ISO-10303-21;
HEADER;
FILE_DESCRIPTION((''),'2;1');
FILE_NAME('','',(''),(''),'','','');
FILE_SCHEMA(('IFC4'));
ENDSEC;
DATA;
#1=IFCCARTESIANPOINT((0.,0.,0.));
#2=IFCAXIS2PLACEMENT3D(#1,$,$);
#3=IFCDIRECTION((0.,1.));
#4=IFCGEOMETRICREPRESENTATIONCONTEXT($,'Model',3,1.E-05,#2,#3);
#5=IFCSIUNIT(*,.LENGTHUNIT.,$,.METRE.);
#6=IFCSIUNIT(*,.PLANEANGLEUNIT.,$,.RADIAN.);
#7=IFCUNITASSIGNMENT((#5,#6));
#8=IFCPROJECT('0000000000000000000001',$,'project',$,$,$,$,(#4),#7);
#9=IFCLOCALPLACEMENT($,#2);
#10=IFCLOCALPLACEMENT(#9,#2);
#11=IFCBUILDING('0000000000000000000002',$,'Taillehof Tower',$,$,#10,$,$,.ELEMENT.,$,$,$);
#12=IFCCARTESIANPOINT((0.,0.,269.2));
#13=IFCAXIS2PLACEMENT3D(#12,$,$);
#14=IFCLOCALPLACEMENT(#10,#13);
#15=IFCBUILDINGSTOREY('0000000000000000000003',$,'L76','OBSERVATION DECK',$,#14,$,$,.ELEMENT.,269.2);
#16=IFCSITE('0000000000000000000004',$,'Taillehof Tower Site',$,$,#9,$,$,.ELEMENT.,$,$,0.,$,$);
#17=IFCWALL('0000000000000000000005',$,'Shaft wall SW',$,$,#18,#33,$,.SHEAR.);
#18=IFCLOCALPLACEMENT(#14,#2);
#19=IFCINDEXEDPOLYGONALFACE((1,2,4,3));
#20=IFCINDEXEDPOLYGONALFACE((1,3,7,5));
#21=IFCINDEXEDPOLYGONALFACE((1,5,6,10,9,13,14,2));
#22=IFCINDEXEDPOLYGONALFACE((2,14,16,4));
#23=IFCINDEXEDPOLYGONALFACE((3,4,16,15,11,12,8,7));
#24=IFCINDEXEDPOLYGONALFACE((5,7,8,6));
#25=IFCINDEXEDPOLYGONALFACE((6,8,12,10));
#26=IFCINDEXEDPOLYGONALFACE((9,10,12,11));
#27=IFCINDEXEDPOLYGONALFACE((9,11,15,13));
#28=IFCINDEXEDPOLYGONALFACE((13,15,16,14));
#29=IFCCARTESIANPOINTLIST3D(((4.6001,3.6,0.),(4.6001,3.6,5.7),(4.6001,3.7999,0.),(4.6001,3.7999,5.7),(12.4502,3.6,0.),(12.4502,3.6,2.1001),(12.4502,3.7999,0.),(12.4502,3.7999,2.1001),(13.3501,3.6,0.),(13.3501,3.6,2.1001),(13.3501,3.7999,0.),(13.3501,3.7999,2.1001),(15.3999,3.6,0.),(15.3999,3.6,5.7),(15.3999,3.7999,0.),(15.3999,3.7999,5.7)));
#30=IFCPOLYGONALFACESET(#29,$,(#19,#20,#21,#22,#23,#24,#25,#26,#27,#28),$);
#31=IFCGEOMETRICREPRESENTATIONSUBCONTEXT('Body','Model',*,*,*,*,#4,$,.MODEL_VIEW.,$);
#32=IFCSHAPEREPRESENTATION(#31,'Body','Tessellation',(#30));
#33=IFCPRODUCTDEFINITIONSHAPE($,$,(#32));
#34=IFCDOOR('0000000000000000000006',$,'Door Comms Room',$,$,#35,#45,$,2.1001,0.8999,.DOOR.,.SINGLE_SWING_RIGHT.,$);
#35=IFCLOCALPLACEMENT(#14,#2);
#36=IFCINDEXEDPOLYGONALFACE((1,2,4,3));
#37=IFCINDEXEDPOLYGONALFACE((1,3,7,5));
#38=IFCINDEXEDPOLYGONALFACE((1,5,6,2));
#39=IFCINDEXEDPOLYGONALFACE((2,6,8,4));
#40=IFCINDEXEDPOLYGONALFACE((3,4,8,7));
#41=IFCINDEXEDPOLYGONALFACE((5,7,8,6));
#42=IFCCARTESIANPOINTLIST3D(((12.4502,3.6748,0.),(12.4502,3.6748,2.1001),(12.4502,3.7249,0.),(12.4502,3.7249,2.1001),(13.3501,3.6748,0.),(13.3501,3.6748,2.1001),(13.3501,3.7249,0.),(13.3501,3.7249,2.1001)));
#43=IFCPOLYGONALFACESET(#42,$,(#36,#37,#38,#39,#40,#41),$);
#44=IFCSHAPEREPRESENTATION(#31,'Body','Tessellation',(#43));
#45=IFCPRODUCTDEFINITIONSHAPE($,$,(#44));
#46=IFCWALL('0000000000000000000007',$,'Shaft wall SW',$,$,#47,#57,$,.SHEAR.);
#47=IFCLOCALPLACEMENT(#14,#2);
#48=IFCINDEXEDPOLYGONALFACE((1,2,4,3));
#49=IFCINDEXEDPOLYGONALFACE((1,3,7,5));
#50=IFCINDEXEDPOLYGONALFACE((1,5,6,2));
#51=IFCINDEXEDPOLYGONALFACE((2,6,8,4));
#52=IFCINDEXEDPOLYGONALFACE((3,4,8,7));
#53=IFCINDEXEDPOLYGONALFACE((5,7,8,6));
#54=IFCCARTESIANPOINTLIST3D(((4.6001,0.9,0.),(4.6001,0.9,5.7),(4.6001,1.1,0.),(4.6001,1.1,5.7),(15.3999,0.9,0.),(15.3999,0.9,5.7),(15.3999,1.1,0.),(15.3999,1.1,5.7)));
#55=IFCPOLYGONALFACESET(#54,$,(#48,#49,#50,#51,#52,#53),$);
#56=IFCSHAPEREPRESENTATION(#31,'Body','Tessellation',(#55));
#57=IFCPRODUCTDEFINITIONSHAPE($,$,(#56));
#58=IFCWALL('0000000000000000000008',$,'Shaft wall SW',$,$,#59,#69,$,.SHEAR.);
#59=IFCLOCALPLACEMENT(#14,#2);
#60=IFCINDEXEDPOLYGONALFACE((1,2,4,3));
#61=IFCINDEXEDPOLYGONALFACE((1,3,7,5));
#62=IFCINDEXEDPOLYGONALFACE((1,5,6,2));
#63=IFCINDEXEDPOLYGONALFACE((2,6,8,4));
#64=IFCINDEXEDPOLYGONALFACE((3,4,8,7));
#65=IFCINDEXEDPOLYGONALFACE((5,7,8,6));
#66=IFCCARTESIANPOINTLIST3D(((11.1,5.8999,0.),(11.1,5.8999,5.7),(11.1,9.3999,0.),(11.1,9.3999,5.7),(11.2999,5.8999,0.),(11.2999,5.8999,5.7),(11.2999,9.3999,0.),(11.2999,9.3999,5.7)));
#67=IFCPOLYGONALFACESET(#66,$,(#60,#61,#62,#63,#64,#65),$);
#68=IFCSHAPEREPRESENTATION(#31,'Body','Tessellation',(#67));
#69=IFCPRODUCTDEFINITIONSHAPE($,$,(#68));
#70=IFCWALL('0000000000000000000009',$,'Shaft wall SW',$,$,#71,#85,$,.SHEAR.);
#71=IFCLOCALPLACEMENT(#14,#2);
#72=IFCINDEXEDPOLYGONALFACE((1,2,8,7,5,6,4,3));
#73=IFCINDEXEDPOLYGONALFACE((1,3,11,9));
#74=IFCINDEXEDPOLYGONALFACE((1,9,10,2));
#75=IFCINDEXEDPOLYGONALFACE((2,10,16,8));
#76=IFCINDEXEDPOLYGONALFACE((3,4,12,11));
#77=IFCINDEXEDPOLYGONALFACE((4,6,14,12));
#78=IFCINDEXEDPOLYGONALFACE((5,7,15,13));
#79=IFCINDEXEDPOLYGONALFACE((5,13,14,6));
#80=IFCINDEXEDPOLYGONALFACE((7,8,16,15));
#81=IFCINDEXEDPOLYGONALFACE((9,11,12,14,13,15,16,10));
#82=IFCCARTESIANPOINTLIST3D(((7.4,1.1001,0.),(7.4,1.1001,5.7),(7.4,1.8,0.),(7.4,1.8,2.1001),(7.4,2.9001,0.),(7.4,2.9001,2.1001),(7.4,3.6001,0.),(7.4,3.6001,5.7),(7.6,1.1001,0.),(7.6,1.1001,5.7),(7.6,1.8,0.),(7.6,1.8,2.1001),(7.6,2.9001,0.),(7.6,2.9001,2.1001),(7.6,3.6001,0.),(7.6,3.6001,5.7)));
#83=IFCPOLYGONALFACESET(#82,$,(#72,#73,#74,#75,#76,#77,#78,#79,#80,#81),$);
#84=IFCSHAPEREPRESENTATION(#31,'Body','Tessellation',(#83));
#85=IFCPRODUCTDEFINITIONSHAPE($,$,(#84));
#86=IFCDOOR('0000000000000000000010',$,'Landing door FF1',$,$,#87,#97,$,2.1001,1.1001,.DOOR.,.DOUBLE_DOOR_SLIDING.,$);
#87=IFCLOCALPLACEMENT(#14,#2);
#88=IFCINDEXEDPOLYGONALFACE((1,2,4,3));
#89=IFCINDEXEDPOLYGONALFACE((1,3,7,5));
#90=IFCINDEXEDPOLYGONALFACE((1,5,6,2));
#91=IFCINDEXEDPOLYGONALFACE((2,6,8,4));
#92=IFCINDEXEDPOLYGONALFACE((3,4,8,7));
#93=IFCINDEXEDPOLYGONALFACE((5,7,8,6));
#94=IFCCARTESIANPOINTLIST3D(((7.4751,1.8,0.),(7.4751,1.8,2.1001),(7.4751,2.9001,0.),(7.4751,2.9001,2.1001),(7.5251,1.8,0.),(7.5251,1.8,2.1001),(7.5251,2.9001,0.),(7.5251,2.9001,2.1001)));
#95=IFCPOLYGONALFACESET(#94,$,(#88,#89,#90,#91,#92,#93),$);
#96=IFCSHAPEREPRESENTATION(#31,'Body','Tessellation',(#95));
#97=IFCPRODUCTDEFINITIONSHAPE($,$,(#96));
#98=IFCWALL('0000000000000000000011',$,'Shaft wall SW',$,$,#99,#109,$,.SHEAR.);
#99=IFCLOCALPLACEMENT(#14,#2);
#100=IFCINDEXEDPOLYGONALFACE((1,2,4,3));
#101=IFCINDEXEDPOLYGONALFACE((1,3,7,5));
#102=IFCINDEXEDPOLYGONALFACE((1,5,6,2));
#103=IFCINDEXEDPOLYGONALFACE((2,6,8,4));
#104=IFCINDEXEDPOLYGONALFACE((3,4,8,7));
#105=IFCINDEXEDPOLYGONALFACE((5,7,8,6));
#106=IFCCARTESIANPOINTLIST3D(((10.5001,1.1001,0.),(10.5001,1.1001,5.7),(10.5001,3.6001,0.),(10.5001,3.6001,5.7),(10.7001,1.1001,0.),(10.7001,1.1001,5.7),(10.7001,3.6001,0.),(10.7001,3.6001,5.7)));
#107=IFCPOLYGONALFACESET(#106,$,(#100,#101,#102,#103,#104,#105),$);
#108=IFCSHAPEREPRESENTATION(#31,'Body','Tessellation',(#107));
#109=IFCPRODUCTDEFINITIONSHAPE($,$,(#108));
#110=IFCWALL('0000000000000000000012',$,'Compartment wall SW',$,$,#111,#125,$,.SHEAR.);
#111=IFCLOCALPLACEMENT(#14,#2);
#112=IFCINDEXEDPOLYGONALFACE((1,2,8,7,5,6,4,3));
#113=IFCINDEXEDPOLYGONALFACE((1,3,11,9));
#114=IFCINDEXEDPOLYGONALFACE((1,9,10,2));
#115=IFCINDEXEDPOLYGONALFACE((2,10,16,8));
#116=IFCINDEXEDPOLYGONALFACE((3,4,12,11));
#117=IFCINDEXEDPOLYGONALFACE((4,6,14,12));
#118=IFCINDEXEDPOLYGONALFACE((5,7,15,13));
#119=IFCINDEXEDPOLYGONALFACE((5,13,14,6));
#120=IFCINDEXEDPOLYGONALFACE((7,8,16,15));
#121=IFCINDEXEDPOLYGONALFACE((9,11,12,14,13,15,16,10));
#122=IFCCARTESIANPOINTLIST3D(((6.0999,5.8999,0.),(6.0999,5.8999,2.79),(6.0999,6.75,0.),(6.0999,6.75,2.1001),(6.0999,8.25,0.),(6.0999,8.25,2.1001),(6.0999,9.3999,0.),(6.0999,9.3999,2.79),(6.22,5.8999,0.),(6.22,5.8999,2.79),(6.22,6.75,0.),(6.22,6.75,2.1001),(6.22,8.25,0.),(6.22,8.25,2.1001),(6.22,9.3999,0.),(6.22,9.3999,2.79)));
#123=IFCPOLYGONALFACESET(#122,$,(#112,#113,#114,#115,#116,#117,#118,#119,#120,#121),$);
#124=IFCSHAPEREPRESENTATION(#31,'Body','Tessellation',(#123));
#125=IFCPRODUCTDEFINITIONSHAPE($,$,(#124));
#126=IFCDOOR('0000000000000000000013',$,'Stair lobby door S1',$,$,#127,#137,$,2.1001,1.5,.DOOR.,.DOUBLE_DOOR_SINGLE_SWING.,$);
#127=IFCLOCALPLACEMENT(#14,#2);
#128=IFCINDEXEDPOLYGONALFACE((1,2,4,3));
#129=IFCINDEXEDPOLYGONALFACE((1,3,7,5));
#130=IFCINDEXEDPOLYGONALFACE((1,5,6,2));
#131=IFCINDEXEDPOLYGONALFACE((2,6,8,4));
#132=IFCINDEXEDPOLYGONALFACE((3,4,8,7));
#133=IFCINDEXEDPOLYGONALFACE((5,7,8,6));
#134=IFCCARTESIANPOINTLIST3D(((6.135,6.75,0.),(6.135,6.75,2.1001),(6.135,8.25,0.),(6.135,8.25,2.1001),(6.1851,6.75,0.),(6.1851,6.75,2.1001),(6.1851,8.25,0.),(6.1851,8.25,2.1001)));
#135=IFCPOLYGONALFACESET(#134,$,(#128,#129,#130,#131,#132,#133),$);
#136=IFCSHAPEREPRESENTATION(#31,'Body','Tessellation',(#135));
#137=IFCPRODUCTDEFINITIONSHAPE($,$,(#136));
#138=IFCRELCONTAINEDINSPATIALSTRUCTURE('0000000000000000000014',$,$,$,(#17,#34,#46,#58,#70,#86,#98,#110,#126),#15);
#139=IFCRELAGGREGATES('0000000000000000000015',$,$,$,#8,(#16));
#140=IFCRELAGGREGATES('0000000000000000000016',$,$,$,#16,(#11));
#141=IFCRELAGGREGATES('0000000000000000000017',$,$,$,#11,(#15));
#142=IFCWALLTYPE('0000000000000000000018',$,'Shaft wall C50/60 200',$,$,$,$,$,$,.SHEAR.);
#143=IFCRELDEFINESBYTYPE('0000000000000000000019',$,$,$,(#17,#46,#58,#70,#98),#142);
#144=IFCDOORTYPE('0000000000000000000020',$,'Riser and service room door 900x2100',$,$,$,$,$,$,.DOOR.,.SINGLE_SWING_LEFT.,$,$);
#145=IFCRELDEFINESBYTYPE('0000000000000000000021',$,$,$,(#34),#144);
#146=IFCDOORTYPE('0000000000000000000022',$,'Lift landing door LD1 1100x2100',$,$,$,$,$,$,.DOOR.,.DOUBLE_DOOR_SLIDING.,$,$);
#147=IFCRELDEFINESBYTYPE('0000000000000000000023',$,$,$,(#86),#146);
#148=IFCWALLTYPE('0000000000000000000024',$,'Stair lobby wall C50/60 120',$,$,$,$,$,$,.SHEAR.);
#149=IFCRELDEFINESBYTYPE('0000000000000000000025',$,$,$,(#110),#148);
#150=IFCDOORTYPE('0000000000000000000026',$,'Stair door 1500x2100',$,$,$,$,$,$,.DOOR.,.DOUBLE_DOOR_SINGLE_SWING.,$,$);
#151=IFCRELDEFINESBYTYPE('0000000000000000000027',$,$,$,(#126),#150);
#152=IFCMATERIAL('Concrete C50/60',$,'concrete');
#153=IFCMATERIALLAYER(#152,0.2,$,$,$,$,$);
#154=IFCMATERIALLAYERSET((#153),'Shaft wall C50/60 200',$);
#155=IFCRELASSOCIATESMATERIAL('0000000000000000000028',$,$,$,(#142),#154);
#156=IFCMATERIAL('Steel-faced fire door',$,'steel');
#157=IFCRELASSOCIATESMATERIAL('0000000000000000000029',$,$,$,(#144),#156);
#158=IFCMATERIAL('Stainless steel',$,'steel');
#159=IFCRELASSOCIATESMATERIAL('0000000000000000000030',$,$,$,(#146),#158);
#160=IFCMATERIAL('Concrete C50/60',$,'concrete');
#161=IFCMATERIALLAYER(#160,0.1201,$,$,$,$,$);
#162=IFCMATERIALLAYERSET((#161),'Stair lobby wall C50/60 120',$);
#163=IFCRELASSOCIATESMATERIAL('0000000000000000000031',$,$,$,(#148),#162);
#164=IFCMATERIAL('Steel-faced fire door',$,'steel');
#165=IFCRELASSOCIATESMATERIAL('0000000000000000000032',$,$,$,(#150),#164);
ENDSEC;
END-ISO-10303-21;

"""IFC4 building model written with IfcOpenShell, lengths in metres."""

from ifc_helpers import new_model, si_unit, direction, frame, frame_2d, origin, place, context, subcontext, project, spatial, rectangle, extrude, material, layer, layer_set, type_object, element, fill, save


model = new_model("IFC4")

# Units and contexts
model_context = context("Model", 3, precision=1e-05, world=origin(), true_north=direction((0.0, 1.0)))
body_context = subcontext(model_context, "Body", "Model", "MODEL_VIEW")
ifc_project = project(units=[si_unit("LENGTHUNIT", "METRE"), si_unit("PLANEANGLEUNIT", "RADIAN")], contexts=[model_context])

# Site, building, storey
site_placement = place(None, origin())
site = spatial("IfcSite", under=ifc_project, at=site_placement, Name="Taillehof Tower Site", CompositionType="ELEMENT", RefElevation=0.0)
building_placement = place(site_placement, origin())
building = spatial("IfcBuilding", under=site, at=building_placement, Name="Taillehof Tower", CompositionType="ELEMENT")
storey_placement = place(building_placement, frame((0.0, 0.0, 269.2)))
storey = spatial("IfcBuildingStorey", under=building, at=storey_placement, Name="L76", Description="OBSERVATION DECK", CompositionType="ELEMENT", Elevation=269.2)

# Wall, opening, door
ifc_material_1 = material(Name="Concrete C50/60", Category="concrete")
ifc_layer_1 = layer(ifc_material_1, 0.2)
ifc_layer_set_1 = layer_set([ifc_layer_1], Name="Shaft wall C50/60 200")
wall_type_1 = type_object("IfcWallType", Name="Shaft wall C50/60 200", PredefinedType="SHEAR", material=ifc_layer_set_1)
ifc_material_2 = material(Name="Steel-faced fire door", Category="steel")
door_type_1 = type_object("IfcDoorType", Name="Riser and service room door 900x2100", OperationType="SINGLE_SWING_LEFT", PredefinedType="DOOR", material=ifc_material_2)
wall_1_placement = place(storey_placement, frame((4.6001, 3.7, 0.0), z_axis=(0.0, 0.0, 1.0), x_axis=(1.0, 0.0, 0.0)))
wall_1 = element("IfcWall", 1, at=wall_1_placement, inside=storey, type_object=wall_type_1, Name="Shaft wall SW", PredefinedType="SHEAR", context=body_context, shape_type="SweptSolid", body=[
    extrude(rectangle(XDim=10.7998, YDim=0.2, at=frame_2d((5.3999, 0.0))), origin(), (0.0, 0.0, 1.0), 5.7),
])
opening_1_placement = place(wall_1_placement, frame((7.8501, 0.0, 0.0)))
opening_1 = element("IfcOpeningElement", 2, at=opening_1_placement, cuts=wall_1, PredefinedType="OPENING", context=body_context, shape_type="SweptSolid", body=[
    extrude(rectangle(XDim=0.8999, YDim=2.1001, at=frame_2d((0.45, 1.05))), frame((0.0, 0.1099, 0.0), z_axis=(0.0, -1.0, 0.0), x_axis=(1.0, 0.0, 0.0)), (0.0, 0.0, 1.0), 0.22),
])
door_1_placement = place(opening_1_placement, origin())
door_1 = element("IfcDoor", 3, at=door_1_placement, inside=storey, type_object=door_type_1, Name="Door Comms Room", OperationType="SINGLE_SWING_RIGHT", OverallHeight=2.1001, OverallWidth=0.8999, PredefinedType="DOOR", context=body_context, shape_type="SweptSolid", body=[
    extrude(rectangle(XDim=0.8999, YDim=2.1001, at=frame_2d((0.45, 1.05))), frame((0.0, 0.0249, 0.0), z_axis=(0.0, -1.0, 0.0), x_axis=(1.0, 0.0, 0.0)), (0.0, 0.0, 1.0), 0.05),
])
fill(opening_1, door_1)

# Walls
wall_2_placement = place(storey_placement, frame((4.6001, 1.0, 0.0), z_axis=(0.0, 0.0, 1.0), x_axis=(1.0, 0.0, 0.0)))
element("IfcWall", 4, at=wall_2_placement, inside=storey, type_object=wall_type_1, Name="Shaft wall SW", PredefinedType="SHEAR", context=body_context, shape_type="SweptSolid", body=[
    extrude(rectangle(XDim=10.7998, YDim=0.2, at=frame_2d((5.3999, 0.0))), origin(), (0.0, 0.0, 1.0), 5.7),
])
wall_3_placement = place(storey_placement, frame((11.2, 5.8999, 0.0), z_axis=(0.0, 0.0, 1.0), x_axis=(0.0, 1.0, 0.0)))
element("IfcWall", 5, at=wall_3_placement, inside=storey, type_object=wall_type_1, Name="Shaft wall SW", PredefinedType="SHEAR", context=body_context, shape_type="SweptSolid", body=[
    extrude(rectangle(XDim=3.5, YDim=0.2, at=frame_2d((1.75, 0.0))), origin(), (0.0, 0.0, 1.0), 5.7),
])

# Wall, opening, door
wall_4_placement = place(storey_placement, frame((7.5, 1.1001, 0.0), z_axis=(0.0, 0.0, 1.0), x_axis=(0.0, 1.0, 0.0)))
wall_4 = element("IfcWall", 6, at=wall_4_placement, inside=storey, type_object=wall_type_1, Name="Shaft wall SW", PredefinedType="SHEAR", context=body_context, shape_type="SweptSolid", body=[
    extrude(rectangle(XDim=2.5, YDim=0.2, at=frame_2d((1.25, 0.0))), origin(), (0.0, 0.0, 1.0), 5.7),
])
opening_2_placement = place(wall_4_placement, frame((0.7, 0.0, 0.0)))
opening_2 = element("IfcOpeningElement", 7, at=opening_2_placement, cuts=wall_4, PredefinedType="OPENING", context=body_context, shape_type="SweptSolid", body=[
    extrude(rectangle(XDim=1.1001, YDim=2.1001, at=frame_2d((0.55, 1.05))), frame((0.0, 0.1099, 0.0), z_axis=(0.0, -1.0, 0.0), x_axis=(1.0, 0.0, 0.0)), (0.0, 0.0, 1.0), 0.22),
])
ifc_material_3 = material(Name="Stainless steel", Category="steel")
door_type_2 = type_object("IfcDoorType", Name="Lift landing door LD1 1100x2100", OperationType="DOUBLE_DOOR_SLIDING", PredefinedType="DOOR", material=ifc_material_3)
door_2_placement = place(opening_2_placement, origin())
door_2 = element("IfcDoor", 8, at=door_2_placement, inside=storey, type_object=door_type_2, Name="Landing door FF1", OperationType="DOUBLE_DOOR_SLIDING", OverallHeight=2.1001, OverallWidth=1.1001, PredefinedType="DOOR", context=body_context, shape_type="SweptSolid", body=[
    extrude(rectangle(XDim=1.1001, YDim=2.1001, at=frame_2d((0.55, 1.05))), frame((0.0, 0.0249, 0.0), z_axis=(0.0, -1.0, 0.0), x_axis=(1.0, 0.0, 0.0)), (0.0, 0.0, 1.0), 0.05),
])
fill(opening_2, door_2)

# Wall
wall_5_placement = place(storey_placement, frame((10.6001, 1.1001, 0.0), z_axis=(0.0, 0.0, 1.0), x_axis=(0.0, 1.0, 0.0)))
element("IfcWall", 9, at=wall_5_placement, inside=storey, type_object=wall_type_1, Name="Shaft wall SW", PredefinedType="SHEAR", context=body_context, shape_type="SweptSolid", body=[
    extrude(rectangle(XDim=2.5, YDim=0.2, at=frame_2d((1.25, 0.0))), origin(), (0.0, 0.0, 1.0), 5.7),
])

# Wall, opening, door
ifc_material_4 = material(Name="Concrete C50/60", Category="concrete")
ifc_layer_2 = layer(ifc_material_4, 0.1201)
ifc_layer_set_2 = layer_set([ifc_layer_2], Name="Stair lobby wall C50/60 120")
wall_type_2 = type_object("IfcWallType", Name="Stair lobby wall C50/60 120", PredefinedType="SHEAR", material=ifc_layer_set_2)
wall_6_placement = place(storey_placement, frame((6.1599, 5.8999, 0.0), z_axis=(0.0, 0.0, 1.0), x_axis=(0.0, 1.0, 0.0)))
wall_6 = element("IfcWall", 10, at=wall_6_placement, inside=storey, type_object=wall_type_2, Name="Compartment wall SW", PredefinedType="SHEAR", context=body_context, shape_type="SweptSolid", body=[
    extrude(rectangle(XDim=3.5, YDim=0.1201, at=frame_2d((1.75, 0.0))), origin(), (0.0, 0.0, 1.0), 2.79),
])
opening_3_placement = place(wall_6_placement, frame((0.8501, 0.0, 0.0)))
opening_3 = element("IfcOpeningElement", 11, at=opening_3_placement, cuts=wall_6, PredefinedType="OPENING", context=body_context, shape_type="SweptSolid", body=[
    extrude(rectangle(XDim=1.5, YDim=2.1001, at=frame_2d((0.75, 1.05))), frame((0.0, 0.0701, 0.0), z_axis=(0.0, -1.0, 0.0), x_axis=(1.0, 0.0, 0.0)), (0.0, 0.0, 1.0), 0.1401),
])
ifc_material_5 = material(Name="Steel-faced fire door", Category="steel")
door_type_3 = type_object("IfcDoorType", Name="Stair door 1500x2100", OperationType="DOUBLE_DOOR_SINGLE_SWING", PredefinedType="DOOR", material=ifc_material_5)
door_3_placement = place(opening_3_placement, origin())
door_3 = element("IfcDoor", 12, at=door_3_placement, inside=storey, type_object=door_type_3, Name="Stair lobby door S1", OperationType="DOUBLE_DOOR_SINGLE_SWING", OverallHeight=2.1001, OverallWidth=1.5, PredefinedType="DOOR", context=body_context, shape_type="SweptSolid", body=[
    extrude(rectangle(XDim=1.5, YDim=2.1001, at=frame_2d((0.75, 1.05))), frame((0.0, 0.0249, 0.0), z_axis=(0.0, -1.0, 0.0), x_axis=(1.0, 0.0, 0.0)), (0.0, 0.0, 1.0), 0.05),
])
fill(opening_3, door_3)

save(model, "model.ifc")
